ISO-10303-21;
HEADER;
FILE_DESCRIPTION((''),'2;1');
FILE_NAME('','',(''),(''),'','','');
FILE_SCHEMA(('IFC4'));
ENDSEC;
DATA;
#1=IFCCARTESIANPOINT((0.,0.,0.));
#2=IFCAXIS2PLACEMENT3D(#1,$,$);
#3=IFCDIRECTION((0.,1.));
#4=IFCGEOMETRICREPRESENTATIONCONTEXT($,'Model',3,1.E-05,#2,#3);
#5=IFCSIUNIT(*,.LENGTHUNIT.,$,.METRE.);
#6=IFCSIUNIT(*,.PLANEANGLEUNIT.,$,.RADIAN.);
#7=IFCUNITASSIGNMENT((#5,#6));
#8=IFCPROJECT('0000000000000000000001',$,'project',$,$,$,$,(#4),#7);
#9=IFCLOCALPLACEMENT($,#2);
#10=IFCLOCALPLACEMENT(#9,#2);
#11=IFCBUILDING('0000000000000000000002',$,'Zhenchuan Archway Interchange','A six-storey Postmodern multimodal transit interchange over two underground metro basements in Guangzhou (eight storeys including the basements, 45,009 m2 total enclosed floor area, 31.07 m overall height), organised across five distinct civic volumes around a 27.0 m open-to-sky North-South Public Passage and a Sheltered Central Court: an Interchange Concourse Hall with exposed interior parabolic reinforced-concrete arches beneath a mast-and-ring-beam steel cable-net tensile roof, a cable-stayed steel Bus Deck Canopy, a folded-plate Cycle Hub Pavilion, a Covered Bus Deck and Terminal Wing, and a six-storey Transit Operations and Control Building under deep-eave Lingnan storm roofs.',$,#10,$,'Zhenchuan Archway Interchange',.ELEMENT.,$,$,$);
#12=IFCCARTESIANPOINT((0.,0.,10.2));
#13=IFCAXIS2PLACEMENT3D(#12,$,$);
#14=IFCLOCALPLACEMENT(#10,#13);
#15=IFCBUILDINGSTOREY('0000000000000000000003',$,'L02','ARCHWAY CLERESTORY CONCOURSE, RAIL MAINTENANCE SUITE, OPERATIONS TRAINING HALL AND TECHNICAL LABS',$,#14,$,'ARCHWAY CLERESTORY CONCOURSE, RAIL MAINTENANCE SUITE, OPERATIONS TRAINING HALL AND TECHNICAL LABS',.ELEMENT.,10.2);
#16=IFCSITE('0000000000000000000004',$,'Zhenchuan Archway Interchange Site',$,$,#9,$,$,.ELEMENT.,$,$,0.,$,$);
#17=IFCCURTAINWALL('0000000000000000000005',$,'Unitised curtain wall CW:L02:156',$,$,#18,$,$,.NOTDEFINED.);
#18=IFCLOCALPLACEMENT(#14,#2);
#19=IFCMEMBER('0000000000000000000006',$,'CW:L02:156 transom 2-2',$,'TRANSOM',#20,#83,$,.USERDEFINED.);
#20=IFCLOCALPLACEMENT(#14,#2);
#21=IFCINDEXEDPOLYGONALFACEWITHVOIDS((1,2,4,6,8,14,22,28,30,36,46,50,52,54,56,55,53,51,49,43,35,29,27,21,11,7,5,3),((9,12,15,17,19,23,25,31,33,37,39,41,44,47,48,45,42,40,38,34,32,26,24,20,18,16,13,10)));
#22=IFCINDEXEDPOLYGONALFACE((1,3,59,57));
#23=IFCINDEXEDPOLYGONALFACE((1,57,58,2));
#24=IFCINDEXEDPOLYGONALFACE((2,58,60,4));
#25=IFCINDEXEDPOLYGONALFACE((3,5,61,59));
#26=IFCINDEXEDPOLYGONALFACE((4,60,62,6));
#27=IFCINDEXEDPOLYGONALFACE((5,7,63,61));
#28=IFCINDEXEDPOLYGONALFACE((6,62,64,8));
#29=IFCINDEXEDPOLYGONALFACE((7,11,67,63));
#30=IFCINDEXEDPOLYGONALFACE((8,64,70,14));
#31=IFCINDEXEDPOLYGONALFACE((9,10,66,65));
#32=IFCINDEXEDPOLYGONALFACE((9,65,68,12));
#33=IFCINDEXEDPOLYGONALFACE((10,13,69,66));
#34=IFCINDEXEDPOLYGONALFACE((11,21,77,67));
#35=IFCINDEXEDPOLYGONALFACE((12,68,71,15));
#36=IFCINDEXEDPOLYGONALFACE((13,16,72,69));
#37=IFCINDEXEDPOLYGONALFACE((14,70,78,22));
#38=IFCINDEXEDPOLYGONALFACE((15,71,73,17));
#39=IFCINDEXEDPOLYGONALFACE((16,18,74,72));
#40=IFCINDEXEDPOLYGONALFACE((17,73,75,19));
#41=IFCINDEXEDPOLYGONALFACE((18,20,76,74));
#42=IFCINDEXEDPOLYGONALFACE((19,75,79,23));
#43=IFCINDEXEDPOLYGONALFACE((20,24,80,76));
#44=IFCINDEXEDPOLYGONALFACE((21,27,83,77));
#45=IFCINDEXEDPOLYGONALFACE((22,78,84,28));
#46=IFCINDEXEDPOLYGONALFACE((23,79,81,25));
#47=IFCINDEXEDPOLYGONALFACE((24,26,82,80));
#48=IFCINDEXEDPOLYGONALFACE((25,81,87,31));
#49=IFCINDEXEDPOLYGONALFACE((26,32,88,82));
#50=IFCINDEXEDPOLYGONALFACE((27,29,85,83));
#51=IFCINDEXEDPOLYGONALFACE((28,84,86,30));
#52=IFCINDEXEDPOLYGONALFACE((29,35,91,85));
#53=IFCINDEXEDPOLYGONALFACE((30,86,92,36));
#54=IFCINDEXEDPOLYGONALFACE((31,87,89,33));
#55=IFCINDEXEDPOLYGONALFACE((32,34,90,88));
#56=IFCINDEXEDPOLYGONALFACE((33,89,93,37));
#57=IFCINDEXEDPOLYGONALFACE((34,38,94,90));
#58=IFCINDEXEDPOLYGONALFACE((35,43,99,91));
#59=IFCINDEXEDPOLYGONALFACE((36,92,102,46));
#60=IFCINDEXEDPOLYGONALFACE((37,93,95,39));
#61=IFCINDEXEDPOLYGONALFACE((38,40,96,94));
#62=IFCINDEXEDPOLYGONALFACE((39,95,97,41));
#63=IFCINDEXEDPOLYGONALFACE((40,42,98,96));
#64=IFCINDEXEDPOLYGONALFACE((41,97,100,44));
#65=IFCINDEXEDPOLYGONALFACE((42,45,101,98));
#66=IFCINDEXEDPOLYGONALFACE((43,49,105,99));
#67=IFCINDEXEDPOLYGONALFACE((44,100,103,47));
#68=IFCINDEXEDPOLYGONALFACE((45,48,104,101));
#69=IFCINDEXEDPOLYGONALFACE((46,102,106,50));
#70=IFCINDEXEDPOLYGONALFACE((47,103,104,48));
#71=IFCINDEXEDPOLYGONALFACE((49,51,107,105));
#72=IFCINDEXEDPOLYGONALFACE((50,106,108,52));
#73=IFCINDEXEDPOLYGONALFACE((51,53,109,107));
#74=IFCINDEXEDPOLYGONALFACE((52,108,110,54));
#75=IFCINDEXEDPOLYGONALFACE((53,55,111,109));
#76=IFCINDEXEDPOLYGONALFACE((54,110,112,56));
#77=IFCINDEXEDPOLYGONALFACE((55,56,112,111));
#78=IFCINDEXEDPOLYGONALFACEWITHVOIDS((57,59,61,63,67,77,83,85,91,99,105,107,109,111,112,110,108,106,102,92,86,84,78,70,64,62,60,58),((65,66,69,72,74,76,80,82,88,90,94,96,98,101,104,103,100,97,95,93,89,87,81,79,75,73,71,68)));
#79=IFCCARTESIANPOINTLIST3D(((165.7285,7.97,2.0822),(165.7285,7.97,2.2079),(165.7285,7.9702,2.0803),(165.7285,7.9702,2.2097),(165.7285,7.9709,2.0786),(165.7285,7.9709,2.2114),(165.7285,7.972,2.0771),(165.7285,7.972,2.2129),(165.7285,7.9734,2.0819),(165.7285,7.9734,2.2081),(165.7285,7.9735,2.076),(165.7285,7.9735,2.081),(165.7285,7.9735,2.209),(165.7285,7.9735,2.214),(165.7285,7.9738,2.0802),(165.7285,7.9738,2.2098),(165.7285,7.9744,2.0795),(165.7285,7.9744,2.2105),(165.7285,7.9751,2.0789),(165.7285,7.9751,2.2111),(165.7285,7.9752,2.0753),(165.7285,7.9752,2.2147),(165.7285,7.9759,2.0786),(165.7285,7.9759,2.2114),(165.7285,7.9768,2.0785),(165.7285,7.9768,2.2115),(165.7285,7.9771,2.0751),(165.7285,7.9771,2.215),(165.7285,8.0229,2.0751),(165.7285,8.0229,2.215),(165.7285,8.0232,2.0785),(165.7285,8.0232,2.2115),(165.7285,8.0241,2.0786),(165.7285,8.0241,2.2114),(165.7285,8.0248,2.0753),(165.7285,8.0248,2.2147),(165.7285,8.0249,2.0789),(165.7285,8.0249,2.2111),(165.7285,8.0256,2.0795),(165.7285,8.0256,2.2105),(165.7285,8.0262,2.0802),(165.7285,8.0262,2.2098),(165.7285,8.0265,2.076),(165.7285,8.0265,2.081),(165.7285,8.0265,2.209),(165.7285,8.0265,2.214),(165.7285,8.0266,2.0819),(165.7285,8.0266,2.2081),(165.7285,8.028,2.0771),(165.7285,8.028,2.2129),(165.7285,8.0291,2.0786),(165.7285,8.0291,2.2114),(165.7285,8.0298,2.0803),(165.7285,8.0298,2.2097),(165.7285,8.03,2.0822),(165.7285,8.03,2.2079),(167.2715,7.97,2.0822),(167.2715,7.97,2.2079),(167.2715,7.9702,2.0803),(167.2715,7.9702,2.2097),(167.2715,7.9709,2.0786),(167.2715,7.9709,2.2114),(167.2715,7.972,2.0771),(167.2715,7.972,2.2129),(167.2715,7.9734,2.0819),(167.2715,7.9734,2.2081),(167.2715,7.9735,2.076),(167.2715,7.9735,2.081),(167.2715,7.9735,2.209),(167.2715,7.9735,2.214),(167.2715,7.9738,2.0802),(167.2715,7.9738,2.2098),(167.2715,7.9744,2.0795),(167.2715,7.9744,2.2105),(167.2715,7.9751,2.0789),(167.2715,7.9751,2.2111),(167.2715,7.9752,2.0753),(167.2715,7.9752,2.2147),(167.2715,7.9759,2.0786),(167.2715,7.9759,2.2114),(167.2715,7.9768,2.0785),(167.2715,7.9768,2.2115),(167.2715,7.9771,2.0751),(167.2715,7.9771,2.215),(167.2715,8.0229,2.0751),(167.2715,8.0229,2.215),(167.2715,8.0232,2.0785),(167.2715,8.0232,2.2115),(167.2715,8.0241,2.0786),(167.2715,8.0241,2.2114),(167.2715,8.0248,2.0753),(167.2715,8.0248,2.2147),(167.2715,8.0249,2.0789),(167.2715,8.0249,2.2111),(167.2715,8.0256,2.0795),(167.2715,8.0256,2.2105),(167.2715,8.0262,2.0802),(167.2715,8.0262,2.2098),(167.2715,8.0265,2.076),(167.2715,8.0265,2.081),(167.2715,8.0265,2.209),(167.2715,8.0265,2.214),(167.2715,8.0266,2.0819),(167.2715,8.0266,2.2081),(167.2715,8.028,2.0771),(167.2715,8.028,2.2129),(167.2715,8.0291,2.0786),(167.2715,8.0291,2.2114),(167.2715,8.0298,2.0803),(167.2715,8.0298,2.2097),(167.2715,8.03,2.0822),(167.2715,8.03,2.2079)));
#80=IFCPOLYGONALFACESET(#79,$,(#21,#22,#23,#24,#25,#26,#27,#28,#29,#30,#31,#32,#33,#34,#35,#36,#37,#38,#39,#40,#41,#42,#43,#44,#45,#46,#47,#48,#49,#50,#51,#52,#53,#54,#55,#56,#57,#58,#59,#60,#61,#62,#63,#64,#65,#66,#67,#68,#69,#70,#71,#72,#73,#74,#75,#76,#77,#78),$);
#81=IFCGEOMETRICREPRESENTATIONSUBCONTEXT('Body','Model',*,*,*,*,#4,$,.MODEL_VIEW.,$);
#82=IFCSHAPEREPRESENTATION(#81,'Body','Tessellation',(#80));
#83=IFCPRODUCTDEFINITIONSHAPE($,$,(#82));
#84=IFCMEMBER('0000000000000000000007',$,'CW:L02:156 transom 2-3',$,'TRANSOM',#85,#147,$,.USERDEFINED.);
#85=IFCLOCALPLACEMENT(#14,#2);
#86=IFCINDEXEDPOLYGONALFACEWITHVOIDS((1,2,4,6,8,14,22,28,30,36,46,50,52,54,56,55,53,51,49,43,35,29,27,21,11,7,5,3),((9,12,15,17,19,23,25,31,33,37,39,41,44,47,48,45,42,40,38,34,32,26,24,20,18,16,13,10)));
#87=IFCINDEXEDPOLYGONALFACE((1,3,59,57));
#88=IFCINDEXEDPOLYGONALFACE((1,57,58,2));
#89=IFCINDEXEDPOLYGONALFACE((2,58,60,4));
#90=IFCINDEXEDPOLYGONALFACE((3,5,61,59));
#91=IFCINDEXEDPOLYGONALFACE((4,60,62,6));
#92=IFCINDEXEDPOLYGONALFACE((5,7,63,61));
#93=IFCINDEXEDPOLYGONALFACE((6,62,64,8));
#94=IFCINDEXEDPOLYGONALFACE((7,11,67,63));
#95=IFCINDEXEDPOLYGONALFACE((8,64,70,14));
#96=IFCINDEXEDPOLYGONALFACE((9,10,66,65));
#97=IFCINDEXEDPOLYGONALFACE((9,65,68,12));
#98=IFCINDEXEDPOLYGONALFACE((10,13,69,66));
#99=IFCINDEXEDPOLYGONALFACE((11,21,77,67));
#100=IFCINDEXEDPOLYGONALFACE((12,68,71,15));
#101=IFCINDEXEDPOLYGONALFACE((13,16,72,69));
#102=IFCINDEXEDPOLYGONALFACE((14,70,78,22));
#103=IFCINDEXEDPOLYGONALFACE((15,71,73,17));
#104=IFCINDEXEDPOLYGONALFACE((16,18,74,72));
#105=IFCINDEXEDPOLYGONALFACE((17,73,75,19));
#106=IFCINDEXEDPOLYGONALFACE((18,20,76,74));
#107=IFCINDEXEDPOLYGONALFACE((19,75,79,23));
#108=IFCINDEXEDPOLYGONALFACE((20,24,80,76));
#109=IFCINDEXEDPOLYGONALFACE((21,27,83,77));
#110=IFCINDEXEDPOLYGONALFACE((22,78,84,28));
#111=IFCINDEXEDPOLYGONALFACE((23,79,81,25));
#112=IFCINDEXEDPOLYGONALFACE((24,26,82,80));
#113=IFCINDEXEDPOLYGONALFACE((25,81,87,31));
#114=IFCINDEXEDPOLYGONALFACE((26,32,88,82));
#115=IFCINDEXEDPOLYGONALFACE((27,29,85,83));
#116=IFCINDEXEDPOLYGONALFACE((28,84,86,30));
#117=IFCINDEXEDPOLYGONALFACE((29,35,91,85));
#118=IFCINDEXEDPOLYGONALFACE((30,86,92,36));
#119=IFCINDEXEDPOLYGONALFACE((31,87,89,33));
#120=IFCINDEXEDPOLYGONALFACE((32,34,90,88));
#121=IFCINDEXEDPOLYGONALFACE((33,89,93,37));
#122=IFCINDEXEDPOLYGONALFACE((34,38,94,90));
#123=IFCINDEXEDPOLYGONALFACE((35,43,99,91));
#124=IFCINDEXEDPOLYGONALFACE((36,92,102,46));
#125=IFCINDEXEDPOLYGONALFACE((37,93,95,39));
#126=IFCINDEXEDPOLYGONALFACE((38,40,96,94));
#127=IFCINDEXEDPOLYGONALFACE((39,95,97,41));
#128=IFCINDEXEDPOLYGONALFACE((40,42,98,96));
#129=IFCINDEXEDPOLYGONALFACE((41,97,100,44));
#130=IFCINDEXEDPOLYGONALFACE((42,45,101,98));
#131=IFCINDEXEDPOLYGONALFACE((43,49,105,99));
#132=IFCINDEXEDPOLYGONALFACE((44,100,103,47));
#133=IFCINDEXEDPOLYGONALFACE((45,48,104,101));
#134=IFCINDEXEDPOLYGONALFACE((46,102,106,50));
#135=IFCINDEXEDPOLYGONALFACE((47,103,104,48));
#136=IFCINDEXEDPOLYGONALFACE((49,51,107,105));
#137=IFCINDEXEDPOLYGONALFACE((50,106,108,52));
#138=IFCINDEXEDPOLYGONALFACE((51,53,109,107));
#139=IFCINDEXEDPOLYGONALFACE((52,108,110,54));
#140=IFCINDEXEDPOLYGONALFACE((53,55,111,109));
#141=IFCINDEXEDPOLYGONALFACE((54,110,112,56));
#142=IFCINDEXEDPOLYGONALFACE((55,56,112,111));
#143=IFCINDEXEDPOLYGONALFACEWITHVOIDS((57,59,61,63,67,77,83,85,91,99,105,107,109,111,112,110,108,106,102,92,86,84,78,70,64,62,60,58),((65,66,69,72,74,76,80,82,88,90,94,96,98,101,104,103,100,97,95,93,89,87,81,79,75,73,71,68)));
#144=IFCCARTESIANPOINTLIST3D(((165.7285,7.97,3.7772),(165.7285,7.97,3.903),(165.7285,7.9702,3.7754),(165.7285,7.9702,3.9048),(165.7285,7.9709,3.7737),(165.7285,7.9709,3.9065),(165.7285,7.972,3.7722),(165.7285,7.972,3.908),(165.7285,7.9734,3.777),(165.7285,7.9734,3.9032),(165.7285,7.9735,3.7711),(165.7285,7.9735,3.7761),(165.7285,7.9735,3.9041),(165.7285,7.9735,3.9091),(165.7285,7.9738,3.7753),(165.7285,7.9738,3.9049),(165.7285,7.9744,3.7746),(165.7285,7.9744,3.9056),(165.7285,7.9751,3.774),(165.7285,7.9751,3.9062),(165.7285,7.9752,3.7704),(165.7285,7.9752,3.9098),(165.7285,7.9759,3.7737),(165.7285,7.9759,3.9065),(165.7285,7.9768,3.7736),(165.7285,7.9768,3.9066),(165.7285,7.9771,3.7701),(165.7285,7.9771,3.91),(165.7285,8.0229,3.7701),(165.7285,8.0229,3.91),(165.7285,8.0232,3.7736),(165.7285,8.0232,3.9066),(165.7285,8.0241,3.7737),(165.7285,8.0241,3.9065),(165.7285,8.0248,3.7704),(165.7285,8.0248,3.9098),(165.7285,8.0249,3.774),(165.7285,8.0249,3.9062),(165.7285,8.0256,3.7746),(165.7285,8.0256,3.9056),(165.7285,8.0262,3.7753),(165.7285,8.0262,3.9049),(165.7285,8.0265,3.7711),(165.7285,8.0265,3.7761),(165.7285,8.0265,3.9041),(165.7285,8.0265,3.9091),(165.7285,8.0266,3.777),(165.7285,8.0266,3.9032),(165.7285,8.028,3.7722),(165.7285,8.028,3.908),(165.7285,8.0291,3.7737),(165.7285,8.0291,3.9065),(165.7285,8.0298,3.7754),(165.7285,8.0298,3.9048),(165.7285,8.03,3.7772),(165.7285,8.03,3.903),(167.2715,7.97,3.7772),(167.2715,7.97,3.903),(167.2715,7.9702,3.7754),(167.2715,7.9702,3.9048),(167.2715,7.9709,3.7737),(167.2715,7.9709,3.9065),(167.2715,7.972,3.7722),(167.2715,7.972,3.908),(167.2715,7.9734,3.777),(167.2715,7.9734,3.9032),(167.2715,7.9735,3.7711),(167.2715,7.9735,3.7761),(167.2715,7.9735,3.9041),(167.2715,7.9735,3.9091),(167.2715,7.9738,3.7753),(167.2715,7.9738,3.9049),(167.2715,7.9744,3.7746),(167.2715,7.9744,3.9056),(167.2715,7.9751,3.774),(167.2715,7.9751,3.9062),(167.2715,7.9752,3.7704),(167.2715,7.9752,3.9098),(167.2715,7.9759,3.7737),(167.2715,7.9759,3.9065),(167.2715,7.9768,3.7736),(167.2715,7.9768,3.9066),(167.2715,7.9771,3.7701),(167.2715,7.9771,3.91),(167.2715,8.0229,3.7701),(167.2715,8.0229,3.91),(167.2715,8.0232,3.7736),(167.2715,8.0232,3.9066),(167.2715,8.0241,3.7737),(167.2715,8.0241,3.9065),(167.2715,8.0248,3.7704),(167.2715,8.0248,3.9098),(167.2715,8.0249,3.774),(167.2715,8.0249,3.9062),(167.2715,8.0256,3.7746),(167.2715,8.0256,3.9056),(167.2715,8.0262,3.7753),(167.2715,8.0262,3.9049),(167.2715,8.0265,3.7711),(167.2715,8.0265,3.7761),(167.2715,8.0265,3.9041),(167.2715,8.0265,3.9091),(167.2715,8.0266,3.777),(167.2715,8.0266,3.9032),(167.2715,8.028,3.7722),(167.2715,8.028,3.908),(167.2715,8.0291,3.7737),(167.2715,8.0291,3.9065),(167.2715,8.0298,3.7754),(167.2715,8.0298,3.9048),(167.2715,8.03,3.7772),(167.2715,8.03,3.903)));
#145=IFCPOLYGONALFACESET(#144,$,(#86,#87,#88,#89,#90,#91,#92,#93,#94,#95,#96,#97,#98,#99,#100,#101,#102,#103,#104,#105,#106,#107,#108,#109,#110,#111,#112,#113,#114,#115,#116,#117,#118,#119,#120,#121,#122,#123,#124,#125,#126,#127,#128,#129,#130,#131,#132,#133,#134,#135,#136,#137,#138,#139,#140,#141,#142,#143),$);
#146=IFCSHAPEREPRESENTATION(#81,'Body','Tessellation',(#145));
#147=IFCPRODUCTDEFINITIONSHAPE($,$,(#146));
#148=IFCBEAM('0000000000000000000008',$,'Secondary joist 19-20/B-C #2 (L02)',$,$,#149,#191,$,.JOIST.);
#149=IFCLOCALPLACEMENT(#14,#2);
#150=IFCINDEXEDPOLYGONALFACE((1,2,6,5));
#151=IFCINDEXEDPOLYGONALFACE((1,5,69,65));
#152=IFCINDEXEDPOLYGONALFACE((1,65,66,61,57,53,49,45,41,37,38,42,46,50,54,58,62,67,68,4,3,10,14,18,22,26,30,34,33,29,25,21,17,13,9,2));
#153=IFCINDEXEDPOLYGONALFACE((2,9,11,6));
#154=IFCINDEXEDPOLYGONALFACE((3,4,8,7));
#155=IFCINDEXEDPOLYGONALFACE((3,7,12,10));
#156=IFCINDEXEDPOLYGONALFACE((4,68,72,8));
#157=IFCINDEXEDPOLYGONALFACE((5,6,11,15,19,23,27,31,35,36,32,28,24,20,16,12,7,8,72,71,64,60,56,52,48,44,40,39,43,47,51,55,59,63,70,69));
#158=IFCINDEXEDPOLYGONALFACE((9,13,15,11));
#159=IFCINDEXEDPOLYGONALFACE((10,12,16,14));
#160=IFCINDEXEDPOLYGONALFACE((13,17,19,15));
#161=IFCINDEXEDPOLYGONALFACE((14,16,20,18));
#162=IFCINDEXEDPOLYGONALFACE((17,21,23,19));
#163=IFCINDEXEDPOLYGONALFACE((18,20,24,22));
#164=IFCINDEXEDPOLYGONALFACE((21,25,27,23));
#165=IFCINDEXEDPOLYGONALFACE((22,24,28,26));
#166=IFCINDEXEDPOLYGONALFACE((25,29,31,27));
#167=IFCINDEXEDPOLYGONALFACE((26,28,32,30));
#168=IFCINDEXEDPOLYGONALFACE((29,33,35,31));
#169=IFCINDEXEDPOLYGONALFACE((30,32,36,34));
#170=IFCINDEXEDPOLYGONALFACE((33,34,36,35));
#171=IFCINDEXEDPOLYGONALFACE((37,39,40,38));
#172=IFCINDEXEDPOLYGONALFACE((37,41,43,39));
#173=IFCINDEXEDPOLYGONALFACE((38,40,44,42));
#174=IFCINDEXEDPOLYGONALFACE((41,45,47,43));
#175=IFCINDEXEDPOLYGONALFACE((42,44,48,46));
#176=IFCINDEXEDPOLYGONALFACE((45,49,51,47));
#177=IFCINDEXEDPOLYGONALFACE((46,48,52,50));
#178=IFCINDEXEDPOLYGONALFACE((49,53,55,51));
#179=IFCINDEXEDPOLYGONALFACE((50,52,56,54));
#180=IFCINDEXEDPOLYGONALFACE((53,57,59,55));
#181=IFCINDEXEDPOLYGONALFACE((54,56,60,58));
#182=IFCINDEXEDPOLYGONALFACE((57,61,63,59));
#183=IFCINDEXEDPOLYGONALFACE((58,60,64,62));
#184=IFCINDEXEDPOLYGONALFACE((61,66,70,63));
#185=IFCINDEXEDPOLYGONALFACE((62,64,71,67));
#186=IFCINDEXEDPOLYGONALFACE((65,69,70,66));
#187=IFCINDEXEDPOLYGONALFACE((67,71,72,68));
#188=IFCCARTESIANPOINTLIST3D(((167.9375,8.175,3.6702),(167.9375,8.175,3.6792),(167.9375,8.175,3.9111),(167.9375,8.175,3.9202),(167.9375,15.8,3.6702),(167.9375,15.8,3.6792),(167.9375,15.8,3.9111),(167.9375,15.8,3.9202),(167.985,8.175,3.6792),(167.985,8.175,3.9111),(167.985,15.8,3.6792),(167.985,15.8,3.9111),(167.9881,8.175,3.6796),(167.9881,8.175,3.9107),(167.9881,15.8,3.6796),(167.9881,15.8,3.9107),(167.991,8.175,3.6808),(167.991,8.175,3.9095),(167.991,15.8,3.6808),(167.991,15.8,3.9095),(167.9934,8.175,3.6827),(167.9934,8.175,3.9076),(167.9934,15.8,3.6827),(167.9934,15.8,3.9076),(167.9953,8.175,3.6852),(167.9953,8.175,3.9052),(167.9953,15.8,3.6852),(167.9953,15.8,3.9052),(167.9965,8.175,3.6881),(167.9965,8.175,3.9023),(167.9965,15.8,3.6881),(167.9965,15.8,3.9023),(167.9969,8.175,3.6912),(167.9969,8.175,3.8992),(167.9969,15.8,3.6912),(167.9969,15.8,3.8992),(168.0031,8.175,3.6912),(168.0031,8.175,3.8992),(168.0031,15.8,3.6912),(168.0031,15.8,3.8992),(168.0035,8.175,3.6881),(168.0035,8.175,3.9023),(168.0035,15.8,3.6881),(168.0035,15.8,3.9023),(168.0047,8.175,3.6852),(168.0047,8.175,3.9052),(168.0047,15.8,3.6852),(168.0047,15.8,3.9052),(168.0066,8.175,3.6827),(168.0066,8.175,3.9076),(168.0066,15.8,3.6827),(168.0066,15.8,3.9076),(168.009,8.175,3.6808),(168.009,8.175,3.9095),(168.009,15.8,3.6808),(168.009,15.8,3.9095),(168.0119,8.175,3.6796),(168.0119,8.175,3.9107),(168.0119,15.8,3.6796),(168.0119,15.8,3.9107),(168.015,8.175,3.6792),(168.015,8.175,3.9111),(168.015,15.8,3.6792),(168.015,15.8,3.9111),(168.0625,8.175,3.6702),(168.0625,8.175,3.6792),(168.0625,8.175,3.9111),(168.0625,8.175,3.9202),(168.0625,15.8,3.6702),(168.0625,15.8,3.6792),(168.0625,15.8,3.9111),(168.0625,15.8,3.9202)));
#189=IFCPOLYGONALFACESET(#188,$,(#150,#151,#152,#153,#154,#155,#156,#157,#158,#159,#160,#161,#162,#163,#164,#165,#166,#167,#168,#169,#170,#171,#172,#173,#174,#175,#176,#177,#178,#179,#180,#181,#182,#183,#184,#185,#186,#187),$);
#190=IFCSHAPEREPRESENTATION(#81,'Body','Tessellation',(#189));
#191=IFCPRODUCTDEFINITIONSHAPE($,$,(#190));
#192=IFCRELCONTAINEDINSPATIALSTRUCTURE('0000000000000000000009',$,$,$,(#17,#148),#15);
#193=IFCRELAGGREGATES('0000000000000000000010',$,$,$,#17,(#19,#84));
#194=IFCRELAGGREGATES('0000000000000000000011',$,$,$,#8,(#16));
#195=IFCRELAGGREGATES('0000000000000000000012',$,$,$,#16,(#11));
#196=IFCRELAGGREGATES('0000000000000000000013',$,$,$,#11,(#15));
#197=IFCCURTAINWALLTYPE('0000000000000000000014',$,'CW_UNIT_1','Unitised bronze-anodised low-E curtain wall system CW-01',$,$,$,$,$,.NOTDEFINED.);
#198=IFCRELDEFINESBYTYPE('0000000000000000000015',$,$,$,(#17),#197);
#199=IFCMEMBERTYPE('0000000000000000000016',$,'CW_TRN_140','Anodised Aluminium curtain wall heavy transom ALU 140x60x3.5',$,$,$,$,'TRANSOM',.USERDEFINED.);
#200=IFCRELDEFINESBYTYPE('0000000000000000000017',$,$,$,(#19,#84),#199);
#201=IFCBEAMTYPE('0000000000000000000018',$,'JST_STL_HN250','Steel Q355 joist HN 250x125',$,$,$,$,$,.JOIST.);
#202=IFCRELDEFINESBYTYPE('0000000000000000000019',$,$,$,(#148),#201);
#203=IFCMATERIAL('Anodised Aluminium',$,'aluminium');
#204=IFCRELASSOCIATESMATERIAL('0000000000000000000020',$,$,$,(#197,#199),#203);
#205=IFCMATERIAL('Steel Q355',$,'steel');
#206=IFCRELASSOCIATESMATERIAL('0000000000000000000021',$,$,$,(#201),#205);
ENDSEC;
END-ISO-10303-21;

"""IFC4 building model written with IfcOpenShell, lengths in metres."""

from ifc_helpers import new_model, si_unit, direction, frame, origin, origin_2d, place, context, subcontext, project, spatial, hollow_rectangle, i_section, extrude, material, material_profile, profile_set, type_object, element, aggregate, save


model = new_model("IFC4")

# Units and contexts
model_context = context("Model", 3, precision=1e-05, world=origin(), true_north=direction((0.0, 1.0)))
body_context = subcontext(model_context, "Body", "Model", "MODEL_VIEW")
ifc_project = project(units=[si_unit("LENGTHUNIT", "METRE"), si_unit("PLANEANGLEUNIT", "RADIAN")], contexts=[model_context])

# Site, building, storey
site_placement = place(None, origin())
site = spatial("IfcSite", under=ifc_project, at=site_placement, Name="Zhenchuan Archway Interchange Site", CompositionType="ELEMENT", RefElevation=0.0)
building_placement = place(site_placement, origin())
building = spatial("IfcBuilding", under=site, at=building_placement, Name="Zhenchuan Archway Interchange", Description="A six-storey Postmodern multimodal transit interchange over two underground metro basements in Guangzhou (eight storeys including the basements, 45,009 m2 total enclosed floor area, 31.07 m overall height), organised across five distinct civic volumes around a 27.0 m open-to-sky North-South Public Passage and a Sheltered Central Court: an Interchange Concourse Hall with exposed interior parabolic reinforced-concrete arches beneath a mast-and-ring-beam steel cable-net tensile roof, a cable-stayed steel Bus Deck Canopy, a folded-plate Cycle Hub Pavilion, a Covered Bus Deck and Terminal Wing, and a six-storey Transit Operations and Control Building under deep-eave Lingnan storm roofs.", LongName="Zhenchuan Archway Interchange", CompositionType="ELEMENT")
storey_placement = place(building_placement, frame((0.0, 0.0, 10.2)))
storey = spatial("IfcBuildingStorey", under=building, at=storey_placement, Name="L02", Description="ARCHWAY CLERESTORY CONCOURSE, RAIL MAINTENANCE SUITE, OPERATIONS TRAINING HALL AND TECHNICAL LABS", LongName="ARCHWAY CLERESTORY CONCOURSE, RAIL MAINTENANCE SUITE, OPERATIONS TRAINING HALL AND TECHNICAL LABS", CompositionType="ELEMENT", Elevation=10.2)

# Curtain wall, members
ifc_material_1 = material(Name="Anodised Aluminium", Category="aluminium")
curtain_wall_type = type_object("IfcCurtainWallType", Name="CW_UNIT_1", Description="Unitised bronze-anodised low-E curtain wall system CW-01", PredefinedType="NOTDEFINED", material=ifc_material_1)
curtain_wall_placement = place(storey_placement, origin())
curtain_wall = element("IfcCurtainWall", 1, at=curtain_wall_placement, inside=storey, type_object=curtain_wall_type, Name="Unitised curtain wall CW:L02:156", PredefinedType="NOTDEFINED")
ifc_material_profile_1 = material_profile(ifc_material_1, hollow_rectangle(XDim=0.0601, YDim=0.1399, WallThickness=0.0034, InnerFilletRadius=0.0034, OuterFilletRadius=0.0071, at=origin_2d()), Name="ALU 140x60x3.5")
ifc_profile_set_1 = profile_set([ifc_material_profile_1], Name="Anodised Aluminium")
member_type_1 = type_object("IfcMemberType", Name="CW_TRN_140", Description="Anodised Aluminium curtain wall heavy transom ALU 140x60x3.5", ElementType="TRANSOM", PredefinedType="USERDEFINED", material=ifc_profile_set_1)
member_1_placement = place(storey_placement, frame((167.2715, 8.0, 2.145), z_axis=(-1.0, 0.0, 0.0), x_axis=(0.0, -1.0, 0.0)))
member_1 = element("IfcMember", 2, at=member_1_placement, type_object=member_type_1, Name="CW:L02:156 transom 2-2", ObjectType="TRANSOM", PredefinedType="USERDEFINED", context=body_context, shape_type="SweptSolid", body=[
    extrude(hollow_rectangle(XDim=0.0601, YDim=0.1399, WallThickness=0.0034, InnerFilletRadius=0.0034, OuterFilletRadius=0.0071, at=origin_2d()), origin(), (0.0, 0.0, 1.0), 1.543),
])
member_2_placement = place(storey_placement, frame((167.2715, 8.0, 3.8401), z_axis=(-1.0, 0.0, 0.0), x_axis=(0.0, -1.0, 0.0)))
member_2 = element("IfcMember", 3, at=member_2_placement, type_object=member_type_1, Name="CW:L02:156 transom 2-3", ObjectType="TRANSOM", PredefinedType="USERDEFINED", context=body_context, shape_type="SweptSolid", body=[
    extrude(hollow_rectangle(XDim=0.0601, YDim=0.1399, WallThickness=0.0034, InnerFilletRadius=0.0034, OuterFilletRadius=0.0071, at=origin_2d()), origin(), (0.0, 0.0, 1.0), 1.543),
])

# Beam
ifc_material_2 = material(Name="Steel Q355", Category="steel")
ifc_material_profile_2 = material_profile(ifc_material_2, i_section(OverallWidth=0.125, OverallDepth=0.25, WebThickness=0.0061, FlangeThickness=0.009, FilletRadius=0.012, at=origin_2d()), Name="HN 250x125")
ifc_profile_set_2 = profile_set([ifc_material_profile_2], Name="Steel Q355")
beam_type_1 = type_object("IfcBeamType", Name="JST_STL_HN250", Description="Steel Q355 joist HN 250x125", PredefinedType="JOIST", material=ifc_profile_set_2)
beam_1_placement = place(storey_placement, frame((168.0, 8.175, 3.7952), z_axis=(0.0, 1.0, 0.0), x_axis=(-1.0, 0.0, 0.0)))
element("IfcBeam", 4, at=beam_1_placement, inside=storey, type_object=beam_type_1, Name="Secondary joist 19-20/B-C #2 (L02)", PredefinedType="JOIST", context=body_context, shape_type="SweptSolid", body=[
    extrude(i_section(OverallWidth=0.125, OverallDepth=0.25, WebThickness=0.0061, FlangeThickness=0.009, FilletRadius=0.012, at=origin_2d()), origin(), (0.0, 0.0, 1.0), 7.625),
])

aggregate(curtain_wall, [member_1, member_2])

save(model, "model.ifc")
